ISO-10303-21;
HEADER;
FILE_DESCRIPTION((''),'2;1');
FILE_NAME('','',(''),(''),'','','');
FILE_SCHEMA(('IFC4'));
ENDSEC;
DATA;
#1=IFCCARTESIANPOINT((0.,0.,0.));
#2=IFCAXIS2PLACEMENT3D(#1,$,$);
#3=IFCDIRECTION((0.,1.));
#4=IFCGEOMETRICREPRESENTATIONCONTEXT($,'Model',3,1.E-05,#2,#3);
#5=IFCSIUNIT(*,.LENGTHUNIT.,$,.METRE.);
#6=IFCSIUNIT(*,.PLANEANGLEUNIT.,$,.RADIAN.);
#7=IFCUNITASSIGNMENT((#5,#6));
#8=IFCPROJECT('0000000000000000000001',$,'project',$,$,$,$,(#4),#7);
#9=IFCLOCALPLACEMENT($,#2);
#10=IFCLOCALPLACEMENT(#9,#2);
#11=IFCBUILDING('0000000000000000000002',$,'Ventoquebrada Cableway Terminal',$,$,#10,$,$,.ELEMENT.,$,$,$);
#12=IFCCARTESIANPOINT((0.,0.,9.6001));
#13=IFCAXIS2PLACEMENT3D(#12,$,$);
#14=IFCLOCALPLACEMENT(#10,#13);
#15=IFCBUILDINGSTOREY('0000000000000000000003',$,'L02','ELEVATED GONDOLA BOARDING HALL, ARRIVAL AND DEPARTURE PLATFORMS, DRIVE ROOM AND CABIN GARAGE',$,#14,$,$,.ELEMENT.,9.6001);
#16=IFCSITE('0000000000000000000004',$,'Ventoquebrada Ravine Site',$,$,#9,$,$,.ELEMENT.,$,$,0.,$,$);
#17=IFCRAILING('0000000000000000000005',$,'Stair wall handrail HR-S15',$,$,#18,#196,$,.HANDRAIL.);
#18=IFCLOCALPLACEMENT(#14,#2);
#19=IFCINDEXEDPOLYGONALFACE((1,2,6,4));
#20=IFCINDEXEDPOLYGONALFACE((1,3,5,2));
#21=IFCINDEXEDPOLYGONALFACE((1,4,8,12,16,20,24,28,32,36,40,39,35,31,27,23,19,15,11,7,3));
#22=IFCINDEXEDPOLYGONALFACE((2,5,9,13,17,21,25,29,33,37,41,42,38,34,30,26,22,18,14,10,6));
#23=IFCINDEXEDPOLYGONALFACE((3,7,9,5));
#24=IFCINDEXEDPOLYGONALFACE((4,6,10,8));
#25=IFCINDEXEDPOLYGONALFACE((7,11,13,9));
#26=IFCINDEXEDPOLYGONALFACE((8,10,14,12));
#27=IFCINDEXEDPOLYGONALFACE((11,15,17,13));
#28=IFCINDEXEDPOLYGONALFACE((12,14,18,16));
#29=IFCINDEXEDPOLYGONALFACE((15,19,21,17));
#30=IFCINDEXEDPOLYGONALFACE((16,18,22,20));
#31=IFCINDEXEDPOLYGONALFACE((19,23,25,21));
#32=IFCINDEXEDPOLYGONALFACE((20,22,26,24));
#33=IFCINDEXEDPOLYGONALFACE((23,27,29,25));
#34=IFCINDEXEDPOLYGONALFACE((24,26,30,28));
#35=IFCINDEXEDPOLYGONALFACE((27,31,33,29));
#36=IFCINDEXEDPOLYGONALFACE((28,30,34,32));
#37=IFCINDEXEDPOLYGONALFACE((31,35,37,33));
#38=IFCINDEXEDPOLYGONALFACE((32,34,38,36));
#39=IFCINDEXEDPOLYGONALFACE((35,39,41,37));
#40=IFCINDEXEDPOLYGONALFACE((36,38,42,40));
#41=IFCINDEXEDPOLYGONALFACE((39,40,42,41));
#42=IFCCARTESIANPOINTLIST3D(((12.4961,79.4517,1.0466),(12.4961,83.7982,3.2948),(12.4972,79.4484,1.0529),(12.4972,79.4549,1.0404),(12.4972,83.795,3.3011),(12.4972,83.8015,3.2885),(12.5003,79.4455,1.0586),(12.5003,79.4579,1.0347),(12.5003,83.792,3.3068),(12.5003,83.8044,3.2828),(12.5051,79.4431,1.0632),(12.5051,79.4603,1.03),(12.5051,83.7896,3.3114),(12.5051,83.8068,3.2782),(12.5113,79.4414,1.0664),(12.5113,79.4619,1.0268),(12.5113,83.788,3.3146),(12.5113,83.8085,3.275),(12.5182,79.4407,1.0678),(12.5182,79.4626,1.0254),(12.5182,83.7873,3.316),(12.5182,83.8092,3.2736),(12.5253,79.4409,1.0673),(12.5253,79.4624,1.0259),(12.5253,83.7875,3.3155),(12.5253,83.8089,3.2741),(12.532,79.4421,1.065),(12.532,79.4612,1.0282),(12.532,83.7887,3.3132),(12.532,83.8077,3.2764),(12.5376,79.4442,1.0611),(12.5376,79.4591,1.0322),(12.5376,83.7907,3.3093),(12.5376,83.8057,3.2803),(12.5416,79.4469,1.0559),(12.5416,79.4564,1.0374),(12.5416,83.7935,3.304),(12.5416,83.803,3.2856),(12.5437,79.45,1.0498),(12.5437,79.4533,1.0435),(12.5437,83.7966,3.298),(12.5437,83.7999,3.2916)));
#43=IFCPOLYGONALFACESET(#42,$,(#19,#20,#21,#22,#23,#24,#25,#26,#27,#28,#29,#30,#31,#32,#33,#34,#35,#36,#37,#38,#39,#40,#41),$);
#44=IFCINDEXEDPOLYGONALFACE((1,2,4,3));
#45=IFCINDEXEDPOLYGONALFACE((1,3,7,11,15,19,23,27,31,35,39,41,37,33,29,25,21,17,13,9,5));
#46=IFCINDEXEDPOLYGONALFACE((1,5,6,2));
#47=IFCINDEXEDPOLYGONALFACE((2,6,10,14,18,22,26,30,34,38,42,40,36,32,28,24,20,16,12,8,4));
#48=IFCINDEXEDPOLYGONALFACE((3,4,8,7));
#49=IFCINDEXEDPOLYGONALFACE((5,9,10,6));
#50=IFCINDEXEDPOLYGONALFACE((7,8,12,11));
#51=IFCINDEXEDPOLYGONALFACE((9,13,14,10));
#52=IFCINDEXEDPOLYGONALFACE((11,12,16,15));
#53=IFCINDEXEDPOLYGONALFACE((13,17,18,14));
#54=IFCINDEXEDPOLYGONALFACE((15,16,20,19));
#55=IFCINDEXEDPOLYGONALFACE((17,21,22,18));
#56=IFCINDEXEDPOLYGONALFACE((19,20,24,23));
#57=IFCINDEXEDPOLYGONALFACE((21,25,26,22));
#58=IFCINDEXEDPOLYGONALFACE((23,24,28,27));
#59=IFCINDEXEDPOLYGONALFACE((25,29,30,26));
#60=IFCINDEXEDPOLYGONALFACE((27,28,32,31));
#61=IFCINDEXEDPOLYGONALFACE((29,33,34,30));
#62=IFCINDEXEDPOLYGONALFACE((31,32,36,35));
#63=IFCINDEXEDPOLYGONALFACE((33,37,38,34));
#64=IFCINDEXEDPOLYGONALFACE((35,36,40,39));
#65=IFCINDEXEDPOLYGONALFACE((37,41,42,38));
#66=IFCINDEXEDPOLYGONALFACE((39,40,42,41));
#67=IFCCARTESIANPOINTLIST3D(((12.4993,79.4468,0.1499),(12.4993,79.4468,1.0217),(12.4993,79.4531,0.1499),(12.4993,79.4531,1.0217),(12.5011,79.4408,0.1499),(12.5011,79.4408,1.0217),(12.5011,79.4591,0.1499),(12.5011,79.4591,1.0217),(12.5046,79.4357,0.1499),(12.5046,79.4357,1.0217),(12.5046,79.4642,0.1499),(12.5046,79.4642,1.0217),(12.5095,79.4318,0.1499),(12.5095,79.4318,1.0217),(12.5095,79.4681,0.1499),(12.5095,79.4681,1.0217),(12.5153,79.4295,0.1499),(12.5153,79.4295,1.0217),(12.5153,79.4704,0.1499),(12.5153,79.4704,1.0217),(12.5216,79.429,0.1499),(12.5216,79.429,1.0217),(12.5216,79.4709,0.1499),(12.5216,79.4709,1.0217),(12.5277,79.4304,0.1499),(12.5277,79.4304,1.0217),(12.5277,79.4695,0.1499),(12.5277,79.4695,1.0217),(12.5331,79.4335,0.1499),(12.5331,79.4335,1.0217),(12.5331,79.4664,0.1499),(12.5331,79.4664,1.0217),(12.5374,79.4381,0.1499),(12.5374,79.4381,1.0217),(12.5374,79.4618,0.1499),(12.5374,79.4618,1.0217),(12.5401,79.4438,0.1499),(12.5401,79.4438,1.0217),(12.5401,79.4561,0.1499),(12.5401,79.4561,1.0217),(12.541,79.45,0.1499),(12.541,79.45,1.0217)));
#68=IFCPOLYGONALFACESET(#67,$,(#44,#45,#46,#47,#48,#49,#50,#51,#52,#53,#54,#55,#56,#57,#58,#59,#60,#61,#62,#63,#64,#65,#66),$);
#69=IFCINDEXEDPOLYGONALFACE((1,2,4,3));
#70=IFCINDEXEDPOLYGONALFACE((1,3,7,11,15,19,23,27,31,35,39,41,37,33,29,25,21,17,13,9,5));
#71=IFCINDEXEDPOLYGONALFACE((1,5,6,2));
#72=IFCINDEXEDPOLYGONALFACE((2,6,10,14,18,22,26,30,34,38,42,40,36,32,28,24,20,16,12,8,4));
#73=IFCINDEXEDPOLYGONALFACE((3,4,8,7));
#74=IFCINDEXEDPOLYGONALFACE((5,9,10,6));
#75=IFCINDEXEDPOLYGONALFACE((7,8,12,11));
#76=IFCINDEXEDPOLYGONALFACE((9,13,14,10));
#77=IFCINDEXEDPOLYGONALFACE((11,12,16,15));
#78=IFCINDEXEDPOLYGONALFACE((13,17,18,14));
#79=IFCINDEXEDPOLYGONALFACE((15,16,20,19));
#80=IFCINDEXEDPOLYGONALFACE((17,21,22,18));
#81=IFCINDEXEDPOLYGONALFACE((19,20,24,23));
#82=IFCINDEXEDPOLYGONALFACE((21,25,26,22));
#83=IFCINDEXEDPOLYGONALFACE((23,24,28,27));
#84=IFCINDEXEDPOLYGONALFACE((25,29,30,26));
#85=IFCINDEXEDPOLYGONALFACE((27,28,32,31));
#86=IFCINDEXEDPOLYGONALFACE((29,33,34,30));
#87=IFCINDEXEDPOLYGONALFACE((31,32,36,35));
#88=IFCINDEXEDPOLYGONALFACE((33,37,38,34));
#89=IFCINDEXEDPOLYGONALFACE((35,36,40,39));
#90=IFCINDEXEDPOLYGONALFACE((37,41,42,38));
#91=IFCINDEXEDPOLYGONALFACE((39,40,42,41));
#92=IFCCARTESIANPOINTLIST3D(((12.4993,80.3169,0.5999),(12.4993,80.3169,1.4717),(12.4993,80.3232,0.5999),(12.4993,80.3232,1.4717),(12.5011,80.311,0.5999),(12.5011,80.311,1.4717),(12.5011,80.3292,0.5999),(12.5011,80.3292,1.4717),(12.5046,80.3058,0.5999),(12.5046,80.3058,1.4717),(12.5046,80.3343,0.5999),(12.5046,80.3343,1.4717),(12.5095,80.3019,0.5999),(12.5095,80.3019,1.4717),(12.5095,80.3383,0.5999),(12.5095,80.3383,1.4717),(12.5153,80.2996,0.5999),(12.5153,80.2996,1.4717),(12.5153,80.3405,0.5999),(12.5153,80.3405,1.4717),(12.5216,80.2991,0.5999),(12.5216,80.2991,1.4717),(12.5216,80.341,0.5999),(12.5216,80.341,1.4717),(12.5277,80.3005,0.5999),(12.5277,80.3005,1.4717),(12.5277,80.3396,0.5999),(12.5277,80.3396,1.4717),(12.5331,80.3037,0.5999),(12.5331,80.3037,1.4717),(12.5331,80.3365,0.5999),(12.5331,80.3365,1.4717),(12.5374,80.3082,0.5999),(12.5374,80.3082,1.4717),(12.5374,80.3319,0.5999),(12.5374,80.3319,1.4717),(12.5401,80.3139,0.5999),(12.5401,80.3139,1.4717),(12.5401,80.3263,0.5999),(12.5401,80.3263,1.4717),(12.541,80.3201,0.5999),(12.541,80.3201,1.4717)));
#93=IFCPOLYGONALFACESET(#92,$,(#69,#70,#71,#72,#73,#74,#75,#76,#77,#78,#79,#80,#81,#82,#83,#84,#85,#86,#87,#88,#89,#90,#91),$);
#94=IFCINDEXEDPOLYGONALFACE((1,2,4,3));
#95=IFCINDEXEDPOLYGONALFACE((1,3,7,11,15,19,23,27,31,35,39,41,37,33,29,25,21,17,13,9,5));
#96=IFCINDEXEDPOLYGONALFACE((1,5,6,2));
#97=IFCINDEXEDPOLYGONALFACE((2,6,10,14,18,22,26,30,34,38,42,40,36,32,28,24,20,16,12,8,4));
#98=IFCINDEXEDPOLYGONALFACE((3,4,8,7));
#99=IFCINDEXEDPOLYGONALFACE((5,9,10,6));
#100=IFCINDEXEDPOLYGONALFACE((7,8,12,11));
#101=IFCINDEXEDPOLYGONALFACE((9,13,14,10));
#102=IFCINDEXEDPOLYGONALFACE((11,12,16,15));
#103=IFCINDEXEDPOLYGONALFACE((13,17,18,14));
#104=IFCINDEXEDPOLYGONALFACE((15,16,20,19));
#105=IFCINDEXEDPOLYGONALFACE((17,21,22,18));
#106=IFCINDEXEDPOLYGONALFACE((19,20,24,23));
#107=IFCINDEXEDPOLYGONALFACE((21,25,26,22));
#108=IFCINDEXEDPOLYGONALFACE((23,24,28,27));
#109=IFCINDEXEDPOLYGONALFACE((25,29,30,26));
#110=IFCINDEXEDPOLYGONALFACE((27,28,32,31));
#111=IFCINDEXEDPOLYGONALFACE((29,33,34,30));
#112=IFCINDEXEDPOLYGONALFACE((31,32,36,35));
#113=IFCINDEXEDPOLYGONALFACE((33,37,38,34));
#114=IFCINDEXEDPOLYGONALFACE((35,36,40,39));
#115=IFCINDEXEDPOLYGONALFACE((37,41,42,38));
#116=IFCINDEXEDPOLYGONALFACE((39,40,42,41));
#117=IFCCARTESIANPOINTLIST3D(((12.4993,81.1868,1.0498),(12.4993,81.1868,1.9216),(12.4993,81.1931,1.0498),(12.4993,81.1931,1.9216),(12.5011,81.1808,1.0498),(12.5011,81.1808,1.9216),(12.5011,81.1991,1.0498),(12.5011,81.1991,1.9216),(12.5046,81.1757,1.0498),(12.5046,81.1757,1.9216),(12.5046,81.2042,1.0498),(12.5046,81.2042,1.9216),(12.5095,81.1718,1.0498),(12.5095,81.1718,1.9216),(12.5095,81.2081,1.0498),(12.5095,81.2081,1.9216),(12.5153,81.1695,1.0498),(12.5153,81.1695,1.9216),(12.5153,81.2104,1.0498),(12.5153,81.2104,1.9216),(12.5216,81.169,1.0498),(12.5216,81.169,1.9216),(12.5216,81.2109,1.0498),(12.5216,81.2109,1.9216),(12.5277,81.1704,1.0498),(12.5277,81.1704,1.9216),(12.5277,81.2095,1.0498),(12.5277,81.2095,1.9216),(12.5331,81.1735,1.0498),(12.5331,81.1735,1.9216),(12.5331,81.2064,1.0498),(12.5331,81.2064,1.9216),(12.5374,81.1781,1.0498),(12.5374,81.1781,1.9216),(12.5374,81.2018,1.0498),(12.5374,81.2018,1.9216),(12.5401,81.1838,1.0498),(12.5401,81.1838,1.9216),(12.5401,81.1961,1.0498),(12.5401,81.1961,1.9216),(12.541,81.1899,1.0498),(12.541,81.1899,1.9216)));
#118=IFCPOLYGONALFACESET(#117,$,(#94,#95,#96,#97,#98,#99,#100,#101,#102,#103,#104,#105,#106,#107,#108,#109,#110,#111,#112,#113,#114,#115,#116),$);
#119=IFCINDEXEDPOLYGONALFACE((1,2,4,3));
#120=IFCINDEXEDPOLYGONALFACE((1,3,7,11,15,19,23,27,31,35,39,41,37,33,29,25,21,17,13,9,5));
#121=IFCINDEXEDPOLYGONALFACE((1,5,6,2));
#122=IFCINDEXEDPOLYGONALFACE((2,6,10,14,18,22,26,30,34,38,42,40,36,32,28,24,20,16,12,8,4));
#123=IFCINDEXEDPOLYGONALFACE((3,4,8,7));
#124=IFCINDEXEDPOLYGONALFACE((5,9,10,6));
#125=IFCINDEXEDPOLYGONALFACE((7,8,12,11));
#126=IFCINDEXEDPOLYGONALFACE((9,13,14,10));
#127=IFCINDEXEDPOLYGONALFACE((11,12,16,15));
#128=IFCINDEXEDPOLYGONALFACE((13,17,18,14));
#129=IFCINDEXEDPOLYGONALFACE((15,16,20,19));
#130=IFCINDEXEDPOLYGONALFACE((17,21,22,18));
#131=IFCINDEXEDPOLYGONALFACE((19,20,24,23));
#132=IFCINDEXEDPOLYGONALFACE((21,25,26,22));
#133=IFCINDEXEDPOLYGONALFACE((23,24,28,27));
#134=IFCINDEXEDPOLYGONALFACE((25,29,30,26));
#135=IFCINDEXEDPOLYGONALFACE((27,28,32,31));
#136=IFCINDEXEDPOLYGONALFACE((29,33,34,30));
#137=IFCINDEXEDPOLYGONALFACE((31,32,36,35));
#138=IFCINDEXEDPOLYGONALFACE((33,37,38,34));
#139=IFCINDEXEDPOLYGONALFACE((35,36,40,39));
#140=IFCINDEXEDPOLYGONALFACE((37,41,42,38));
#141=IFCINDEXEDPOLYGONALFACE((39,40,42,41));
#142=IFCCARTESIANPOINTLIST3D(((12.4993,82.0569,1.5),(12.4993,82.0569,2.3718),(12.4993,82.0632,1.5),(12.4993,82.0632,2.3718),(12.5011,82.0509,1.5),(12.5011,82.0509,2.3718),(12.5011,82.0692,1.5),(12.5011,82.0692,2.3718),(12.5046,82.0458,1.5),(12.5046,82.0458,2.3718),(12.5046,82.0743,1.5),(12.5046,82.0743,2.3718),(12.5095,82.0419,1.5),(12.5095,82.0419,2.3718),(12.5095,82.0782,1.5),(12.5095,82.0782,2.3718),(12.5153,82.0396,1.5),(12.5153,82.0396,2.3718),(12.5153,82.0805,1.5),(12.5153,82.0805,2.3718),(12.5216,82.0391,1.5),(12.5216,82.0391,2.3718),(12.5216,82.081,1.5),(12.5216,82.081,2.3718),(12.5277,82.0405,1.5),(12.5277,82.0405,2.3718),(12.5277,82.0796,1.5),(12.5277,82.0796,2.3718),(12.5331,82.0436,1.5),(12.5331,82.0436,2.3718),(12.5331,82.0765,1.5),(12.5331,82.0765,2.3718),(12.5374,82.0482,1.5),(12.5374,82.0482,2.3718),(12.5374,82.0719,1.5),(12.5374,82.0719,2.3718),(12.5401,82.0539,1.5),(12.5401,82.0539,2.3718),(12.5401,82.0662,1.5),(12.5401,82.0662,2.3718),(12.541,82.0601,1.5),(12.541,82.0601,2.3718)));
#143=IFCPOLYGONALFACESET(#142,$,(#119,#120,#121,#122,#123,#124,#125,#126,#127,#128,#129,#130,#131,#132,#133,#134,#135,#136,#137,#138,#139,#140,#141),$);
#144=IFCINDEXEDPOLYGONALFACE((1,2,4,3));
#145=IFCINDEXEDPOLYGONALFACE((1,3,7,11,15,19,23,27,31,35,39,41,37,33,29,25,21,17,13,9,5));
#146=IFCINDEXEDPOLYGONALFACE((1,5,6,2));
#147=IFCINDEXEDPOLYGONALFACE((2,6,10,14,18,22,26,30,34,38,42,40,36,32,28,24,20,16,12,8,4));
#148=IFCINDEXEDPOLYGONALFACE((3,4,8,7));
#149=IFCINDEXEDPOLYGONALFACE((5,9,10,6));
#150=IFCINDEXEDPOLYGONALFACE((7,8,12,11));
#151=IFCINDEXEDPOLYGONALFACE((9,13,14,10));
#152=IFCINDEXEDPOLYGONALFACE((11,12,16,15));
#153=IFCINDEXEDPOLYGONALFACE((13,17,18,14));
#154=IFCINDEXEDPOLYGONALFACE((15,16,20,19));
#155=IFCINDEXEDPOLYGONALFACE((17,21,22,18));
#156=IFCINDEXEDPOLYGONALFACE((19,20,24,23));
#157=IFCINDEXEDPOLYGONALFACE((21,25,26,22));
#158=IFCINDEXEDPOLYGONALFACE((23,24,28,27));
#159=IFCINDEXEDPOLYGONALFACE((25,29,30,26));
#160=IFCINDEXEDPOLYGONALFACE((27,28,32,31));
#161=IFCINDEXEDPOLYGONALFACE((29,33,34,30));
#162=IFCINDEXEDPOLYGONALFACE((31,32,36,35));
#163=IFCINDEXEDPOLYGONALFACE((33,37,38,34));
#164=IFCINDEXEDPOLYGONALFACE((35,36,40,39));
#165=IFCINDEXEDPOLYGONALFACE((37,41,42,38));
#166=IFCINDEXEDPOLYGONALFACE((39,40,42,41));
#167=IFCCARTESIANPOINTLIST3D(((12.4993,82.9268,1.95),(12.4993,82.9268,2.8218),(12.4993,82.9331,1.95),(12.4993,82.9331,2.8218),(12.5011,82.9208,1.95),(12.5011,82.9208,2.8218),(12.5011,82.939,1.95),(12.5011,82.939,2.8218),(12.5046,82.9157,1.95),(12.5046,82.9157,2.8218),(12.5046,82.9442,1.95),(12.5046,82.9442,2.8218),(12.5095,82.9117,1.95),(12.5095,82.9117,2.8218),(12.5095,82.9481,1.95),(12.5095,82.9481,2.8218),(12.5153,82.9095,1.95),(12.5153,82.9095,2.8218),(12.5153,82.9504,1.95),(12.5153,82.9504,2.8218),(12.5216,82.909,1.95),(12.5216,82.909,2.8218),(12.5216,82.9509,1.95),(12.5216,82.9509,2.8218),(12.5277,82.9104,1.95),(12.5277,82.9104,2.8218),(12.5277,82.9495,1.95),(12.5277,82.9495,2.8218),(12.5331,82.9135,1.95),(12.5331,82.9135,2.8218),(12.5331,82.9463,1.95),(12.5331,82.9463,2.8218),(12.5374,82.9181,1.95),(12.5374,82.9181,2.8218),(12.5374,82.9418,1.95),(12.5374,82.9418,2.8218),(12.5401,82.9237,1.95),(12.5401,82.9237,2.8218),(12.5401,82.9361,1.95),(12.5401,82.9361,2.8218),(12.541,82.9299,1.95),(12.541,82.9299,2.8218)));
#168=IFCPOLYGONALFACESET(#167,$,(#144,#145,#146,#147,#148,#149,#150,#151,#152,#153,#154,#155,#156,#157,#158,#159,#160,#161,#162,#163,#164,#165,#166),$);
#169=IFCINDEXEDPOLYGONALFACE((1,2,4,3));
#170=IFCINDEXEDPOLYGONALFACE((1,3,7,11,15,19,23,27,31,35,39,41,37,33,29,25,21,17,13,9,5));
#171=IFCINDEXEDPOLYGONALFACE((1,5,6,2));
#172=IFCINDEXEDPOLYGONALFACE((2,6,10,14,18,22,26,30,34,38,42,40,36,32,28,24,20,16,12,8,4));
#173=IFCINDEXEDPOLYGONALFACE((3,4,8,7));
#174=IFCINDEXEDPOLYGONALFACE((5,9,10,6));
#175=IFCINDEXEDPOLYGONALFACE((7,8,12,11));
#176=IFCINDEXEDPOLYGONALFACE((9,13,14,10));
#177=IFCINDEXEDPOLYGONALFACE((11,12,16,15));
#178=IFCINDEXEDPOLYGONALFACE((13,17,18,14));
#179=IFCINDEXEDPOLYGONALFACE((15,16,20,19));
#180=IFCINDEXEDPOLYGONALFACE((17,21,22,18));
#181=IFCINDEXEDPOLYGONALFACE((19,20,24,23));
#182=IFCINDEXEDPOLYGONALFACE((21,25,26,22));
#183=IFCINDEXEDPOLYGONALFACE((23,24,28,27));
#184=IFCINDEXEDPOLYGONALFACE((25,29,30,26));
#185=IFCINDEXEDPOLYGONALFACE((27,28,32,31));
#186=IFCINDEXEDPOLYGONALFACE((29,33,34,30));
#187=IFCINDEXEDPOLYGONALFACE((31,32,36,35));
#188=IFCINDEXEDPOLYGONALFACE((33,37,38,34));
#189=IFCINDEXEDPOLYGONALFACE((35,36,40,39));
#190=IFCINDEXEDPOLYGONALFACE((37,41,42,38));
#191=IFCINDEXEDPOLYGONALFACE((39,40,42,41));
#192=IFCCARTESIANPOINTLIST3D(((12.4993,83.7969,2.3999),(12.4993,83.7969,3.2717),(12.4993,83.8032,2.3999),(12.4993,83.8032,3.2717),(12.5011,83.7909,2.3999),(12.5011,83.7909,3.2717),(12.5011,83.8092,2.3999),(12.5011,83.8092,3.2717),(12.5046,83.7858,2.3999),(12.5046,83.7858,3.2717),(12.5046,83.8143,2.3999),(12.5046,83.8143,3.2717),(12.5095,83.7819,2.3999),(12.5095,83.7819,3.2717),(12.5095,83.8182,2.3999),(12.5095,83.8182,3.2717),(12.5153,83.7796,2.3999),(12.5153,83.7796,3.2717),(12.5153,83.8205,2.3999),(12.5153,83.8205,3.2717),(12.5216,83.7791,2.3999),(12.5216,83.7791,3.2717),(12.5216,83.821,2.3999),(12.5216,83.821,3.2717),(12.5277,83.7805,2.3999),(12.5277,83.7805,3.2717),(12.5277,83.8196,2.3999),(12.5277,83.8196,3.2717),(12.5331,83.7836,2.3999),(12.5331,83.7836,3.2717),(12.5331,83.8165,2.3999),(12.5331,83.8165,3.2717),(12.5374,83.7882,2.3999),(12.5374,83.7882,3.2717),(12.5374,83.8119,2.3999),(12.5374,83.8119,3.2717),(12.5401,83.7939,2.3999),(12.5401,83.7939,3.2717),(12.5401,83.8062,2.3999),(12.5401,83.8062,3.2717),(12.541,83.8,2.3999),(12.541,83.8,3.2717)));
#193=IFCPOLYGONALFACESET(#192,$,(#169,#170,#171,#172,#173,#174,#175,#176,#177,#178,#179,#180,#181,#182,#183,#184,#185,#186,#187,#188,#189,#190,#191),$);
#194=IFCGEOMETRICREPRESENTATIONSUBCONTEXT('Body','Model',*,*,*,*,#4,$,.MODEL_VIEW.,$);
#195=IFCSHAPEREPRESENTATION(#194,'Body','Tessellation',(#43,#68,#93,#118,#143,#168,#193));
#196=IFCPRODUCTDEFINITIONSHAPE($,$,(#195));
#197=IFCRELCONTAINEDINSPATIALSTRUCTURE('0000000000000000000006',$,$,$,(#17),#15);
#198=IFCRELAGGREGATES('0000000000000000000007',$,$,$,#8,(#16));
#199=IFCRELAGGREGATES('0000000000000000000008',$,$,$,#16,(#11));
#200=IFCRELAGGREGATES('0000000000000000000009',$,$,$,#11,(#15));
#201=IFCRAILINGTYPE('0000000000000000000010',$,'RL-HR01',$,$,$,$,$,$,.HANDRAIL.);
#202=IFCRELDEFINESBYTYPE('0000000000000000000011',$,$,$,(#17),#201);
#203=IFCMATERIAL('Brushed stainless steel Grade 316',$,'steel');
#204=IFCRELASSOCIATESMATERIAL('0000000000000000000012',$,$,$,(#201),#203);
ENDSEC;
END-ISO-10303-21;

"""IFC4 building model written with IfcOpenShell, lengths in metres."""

from ifc_helpers import new_model, si_unit, direction, frame, origin, origin_2d, place, context, subcontext, project, spatial, circle, extrude, material, type_object, element, save


model = new_model("IFC4")

# Units and contexts
model_context = context("Model", 3, precision=1e-05, world=origin(), true_north=direction((0.0, 1.0)))
body_context = subcontext(model_context, "Body", "Model", "MODEL_VIEW")
ifc_project = project(units=[si_unit("LENGTHUNIT", "METRE"), si_unit("PLANEANGLEUNIT", "RADIAN")], contexts=[model_context])

# Site, building, storey
site_placement = place(None, origin())
site = spatial("IfcSite", under=ifc_project, at=site_placement, Name="Ventoquebrada Ravine Site", CompositionType="ELEMENT", RefElevation=0.0)
building_placement = place(site_placement, origin())
building = spatial("IfcBuilding", under=site, at=building_placement, Name="Ventoquebrada Cableway Terminal", CompositionType="ELEMENT")
storey_placement = place(building_placement, frame((0.0, 0.0, 9.6001)))
storey = spatial("IfcBuildingStorey", under=building, at=storey_placement, Name="L02", Description="ELEVATED GONDOLA BOARDING HALL, ARRIVAL AND DEPARTURE PLATFORMS, DRIVE ROOM AND CABIN GARAGE", CompositionType="ELEMENT", Elevation=9.6001)

# Railing
ifc_material_1 = material(Name="Brushed stainless steel Grade 316", Category="steel")
railing_type_1 = type_object("IfcRailingType", Name="RL-HR01", PredefinedType="HANDRAIL", material=ifc_material_1)
railing_1_placement = place(storey_placement, frame((12.52, 79.45, 0.1499)))
element("IfcRailing", 1, at=railing_1_placement, inside=storey, type_object=railing_type_1, Name="Stair wall handrail HR-S15", PredefinedType="HANDRAIL", context=body_context, shape_type="SweptSolid", body=[
    extrude(circle(Radius=0.0239, at=origin_2d()), frame((0.0, 0.0017, 0.8967), z_axis=(0.0, 0.888222, 0.459415), x_axis=(-1.0, 0.0, 0.0)), (0.0, 0.0, 1.0), 4.8936),
    extrude(circle(Radius=0.021, at=origin_2d()), origin(), (0.0, 0.0, 1.0), 0.8718),
    extrude(circle(Radius=0.021, at=origin_2d()), frame((0.0, 0.8701, 0.45)), (0.0, 0.0, 1.0), 0.8718),
    extrude(circle(Radius=0.021, at=origin_2d()), frame((0.0, 1.74, 0.8999)), (0.0, 0.0, 1.0), 0.8718),
    extrude(circle(Radius=0.021, at=origin_2d()), frame((0.0, 2.6101, 1.3501)), (0.0, 0.0, 1.0), 0.8718),
    extrude(circle(Radius=0.021, at=origin_2d()), frame((0.0, 3.48, 1.8)), (0.0, 0.0, 1.0), 0.8718),
    extrude(circle(Radius=0.021, at=origin_2d()), frame((0.0, 4.3501, 2.25)), (0.0, 0.0, 1.0), 0.8718),
])

save(model, "model.ifc")
